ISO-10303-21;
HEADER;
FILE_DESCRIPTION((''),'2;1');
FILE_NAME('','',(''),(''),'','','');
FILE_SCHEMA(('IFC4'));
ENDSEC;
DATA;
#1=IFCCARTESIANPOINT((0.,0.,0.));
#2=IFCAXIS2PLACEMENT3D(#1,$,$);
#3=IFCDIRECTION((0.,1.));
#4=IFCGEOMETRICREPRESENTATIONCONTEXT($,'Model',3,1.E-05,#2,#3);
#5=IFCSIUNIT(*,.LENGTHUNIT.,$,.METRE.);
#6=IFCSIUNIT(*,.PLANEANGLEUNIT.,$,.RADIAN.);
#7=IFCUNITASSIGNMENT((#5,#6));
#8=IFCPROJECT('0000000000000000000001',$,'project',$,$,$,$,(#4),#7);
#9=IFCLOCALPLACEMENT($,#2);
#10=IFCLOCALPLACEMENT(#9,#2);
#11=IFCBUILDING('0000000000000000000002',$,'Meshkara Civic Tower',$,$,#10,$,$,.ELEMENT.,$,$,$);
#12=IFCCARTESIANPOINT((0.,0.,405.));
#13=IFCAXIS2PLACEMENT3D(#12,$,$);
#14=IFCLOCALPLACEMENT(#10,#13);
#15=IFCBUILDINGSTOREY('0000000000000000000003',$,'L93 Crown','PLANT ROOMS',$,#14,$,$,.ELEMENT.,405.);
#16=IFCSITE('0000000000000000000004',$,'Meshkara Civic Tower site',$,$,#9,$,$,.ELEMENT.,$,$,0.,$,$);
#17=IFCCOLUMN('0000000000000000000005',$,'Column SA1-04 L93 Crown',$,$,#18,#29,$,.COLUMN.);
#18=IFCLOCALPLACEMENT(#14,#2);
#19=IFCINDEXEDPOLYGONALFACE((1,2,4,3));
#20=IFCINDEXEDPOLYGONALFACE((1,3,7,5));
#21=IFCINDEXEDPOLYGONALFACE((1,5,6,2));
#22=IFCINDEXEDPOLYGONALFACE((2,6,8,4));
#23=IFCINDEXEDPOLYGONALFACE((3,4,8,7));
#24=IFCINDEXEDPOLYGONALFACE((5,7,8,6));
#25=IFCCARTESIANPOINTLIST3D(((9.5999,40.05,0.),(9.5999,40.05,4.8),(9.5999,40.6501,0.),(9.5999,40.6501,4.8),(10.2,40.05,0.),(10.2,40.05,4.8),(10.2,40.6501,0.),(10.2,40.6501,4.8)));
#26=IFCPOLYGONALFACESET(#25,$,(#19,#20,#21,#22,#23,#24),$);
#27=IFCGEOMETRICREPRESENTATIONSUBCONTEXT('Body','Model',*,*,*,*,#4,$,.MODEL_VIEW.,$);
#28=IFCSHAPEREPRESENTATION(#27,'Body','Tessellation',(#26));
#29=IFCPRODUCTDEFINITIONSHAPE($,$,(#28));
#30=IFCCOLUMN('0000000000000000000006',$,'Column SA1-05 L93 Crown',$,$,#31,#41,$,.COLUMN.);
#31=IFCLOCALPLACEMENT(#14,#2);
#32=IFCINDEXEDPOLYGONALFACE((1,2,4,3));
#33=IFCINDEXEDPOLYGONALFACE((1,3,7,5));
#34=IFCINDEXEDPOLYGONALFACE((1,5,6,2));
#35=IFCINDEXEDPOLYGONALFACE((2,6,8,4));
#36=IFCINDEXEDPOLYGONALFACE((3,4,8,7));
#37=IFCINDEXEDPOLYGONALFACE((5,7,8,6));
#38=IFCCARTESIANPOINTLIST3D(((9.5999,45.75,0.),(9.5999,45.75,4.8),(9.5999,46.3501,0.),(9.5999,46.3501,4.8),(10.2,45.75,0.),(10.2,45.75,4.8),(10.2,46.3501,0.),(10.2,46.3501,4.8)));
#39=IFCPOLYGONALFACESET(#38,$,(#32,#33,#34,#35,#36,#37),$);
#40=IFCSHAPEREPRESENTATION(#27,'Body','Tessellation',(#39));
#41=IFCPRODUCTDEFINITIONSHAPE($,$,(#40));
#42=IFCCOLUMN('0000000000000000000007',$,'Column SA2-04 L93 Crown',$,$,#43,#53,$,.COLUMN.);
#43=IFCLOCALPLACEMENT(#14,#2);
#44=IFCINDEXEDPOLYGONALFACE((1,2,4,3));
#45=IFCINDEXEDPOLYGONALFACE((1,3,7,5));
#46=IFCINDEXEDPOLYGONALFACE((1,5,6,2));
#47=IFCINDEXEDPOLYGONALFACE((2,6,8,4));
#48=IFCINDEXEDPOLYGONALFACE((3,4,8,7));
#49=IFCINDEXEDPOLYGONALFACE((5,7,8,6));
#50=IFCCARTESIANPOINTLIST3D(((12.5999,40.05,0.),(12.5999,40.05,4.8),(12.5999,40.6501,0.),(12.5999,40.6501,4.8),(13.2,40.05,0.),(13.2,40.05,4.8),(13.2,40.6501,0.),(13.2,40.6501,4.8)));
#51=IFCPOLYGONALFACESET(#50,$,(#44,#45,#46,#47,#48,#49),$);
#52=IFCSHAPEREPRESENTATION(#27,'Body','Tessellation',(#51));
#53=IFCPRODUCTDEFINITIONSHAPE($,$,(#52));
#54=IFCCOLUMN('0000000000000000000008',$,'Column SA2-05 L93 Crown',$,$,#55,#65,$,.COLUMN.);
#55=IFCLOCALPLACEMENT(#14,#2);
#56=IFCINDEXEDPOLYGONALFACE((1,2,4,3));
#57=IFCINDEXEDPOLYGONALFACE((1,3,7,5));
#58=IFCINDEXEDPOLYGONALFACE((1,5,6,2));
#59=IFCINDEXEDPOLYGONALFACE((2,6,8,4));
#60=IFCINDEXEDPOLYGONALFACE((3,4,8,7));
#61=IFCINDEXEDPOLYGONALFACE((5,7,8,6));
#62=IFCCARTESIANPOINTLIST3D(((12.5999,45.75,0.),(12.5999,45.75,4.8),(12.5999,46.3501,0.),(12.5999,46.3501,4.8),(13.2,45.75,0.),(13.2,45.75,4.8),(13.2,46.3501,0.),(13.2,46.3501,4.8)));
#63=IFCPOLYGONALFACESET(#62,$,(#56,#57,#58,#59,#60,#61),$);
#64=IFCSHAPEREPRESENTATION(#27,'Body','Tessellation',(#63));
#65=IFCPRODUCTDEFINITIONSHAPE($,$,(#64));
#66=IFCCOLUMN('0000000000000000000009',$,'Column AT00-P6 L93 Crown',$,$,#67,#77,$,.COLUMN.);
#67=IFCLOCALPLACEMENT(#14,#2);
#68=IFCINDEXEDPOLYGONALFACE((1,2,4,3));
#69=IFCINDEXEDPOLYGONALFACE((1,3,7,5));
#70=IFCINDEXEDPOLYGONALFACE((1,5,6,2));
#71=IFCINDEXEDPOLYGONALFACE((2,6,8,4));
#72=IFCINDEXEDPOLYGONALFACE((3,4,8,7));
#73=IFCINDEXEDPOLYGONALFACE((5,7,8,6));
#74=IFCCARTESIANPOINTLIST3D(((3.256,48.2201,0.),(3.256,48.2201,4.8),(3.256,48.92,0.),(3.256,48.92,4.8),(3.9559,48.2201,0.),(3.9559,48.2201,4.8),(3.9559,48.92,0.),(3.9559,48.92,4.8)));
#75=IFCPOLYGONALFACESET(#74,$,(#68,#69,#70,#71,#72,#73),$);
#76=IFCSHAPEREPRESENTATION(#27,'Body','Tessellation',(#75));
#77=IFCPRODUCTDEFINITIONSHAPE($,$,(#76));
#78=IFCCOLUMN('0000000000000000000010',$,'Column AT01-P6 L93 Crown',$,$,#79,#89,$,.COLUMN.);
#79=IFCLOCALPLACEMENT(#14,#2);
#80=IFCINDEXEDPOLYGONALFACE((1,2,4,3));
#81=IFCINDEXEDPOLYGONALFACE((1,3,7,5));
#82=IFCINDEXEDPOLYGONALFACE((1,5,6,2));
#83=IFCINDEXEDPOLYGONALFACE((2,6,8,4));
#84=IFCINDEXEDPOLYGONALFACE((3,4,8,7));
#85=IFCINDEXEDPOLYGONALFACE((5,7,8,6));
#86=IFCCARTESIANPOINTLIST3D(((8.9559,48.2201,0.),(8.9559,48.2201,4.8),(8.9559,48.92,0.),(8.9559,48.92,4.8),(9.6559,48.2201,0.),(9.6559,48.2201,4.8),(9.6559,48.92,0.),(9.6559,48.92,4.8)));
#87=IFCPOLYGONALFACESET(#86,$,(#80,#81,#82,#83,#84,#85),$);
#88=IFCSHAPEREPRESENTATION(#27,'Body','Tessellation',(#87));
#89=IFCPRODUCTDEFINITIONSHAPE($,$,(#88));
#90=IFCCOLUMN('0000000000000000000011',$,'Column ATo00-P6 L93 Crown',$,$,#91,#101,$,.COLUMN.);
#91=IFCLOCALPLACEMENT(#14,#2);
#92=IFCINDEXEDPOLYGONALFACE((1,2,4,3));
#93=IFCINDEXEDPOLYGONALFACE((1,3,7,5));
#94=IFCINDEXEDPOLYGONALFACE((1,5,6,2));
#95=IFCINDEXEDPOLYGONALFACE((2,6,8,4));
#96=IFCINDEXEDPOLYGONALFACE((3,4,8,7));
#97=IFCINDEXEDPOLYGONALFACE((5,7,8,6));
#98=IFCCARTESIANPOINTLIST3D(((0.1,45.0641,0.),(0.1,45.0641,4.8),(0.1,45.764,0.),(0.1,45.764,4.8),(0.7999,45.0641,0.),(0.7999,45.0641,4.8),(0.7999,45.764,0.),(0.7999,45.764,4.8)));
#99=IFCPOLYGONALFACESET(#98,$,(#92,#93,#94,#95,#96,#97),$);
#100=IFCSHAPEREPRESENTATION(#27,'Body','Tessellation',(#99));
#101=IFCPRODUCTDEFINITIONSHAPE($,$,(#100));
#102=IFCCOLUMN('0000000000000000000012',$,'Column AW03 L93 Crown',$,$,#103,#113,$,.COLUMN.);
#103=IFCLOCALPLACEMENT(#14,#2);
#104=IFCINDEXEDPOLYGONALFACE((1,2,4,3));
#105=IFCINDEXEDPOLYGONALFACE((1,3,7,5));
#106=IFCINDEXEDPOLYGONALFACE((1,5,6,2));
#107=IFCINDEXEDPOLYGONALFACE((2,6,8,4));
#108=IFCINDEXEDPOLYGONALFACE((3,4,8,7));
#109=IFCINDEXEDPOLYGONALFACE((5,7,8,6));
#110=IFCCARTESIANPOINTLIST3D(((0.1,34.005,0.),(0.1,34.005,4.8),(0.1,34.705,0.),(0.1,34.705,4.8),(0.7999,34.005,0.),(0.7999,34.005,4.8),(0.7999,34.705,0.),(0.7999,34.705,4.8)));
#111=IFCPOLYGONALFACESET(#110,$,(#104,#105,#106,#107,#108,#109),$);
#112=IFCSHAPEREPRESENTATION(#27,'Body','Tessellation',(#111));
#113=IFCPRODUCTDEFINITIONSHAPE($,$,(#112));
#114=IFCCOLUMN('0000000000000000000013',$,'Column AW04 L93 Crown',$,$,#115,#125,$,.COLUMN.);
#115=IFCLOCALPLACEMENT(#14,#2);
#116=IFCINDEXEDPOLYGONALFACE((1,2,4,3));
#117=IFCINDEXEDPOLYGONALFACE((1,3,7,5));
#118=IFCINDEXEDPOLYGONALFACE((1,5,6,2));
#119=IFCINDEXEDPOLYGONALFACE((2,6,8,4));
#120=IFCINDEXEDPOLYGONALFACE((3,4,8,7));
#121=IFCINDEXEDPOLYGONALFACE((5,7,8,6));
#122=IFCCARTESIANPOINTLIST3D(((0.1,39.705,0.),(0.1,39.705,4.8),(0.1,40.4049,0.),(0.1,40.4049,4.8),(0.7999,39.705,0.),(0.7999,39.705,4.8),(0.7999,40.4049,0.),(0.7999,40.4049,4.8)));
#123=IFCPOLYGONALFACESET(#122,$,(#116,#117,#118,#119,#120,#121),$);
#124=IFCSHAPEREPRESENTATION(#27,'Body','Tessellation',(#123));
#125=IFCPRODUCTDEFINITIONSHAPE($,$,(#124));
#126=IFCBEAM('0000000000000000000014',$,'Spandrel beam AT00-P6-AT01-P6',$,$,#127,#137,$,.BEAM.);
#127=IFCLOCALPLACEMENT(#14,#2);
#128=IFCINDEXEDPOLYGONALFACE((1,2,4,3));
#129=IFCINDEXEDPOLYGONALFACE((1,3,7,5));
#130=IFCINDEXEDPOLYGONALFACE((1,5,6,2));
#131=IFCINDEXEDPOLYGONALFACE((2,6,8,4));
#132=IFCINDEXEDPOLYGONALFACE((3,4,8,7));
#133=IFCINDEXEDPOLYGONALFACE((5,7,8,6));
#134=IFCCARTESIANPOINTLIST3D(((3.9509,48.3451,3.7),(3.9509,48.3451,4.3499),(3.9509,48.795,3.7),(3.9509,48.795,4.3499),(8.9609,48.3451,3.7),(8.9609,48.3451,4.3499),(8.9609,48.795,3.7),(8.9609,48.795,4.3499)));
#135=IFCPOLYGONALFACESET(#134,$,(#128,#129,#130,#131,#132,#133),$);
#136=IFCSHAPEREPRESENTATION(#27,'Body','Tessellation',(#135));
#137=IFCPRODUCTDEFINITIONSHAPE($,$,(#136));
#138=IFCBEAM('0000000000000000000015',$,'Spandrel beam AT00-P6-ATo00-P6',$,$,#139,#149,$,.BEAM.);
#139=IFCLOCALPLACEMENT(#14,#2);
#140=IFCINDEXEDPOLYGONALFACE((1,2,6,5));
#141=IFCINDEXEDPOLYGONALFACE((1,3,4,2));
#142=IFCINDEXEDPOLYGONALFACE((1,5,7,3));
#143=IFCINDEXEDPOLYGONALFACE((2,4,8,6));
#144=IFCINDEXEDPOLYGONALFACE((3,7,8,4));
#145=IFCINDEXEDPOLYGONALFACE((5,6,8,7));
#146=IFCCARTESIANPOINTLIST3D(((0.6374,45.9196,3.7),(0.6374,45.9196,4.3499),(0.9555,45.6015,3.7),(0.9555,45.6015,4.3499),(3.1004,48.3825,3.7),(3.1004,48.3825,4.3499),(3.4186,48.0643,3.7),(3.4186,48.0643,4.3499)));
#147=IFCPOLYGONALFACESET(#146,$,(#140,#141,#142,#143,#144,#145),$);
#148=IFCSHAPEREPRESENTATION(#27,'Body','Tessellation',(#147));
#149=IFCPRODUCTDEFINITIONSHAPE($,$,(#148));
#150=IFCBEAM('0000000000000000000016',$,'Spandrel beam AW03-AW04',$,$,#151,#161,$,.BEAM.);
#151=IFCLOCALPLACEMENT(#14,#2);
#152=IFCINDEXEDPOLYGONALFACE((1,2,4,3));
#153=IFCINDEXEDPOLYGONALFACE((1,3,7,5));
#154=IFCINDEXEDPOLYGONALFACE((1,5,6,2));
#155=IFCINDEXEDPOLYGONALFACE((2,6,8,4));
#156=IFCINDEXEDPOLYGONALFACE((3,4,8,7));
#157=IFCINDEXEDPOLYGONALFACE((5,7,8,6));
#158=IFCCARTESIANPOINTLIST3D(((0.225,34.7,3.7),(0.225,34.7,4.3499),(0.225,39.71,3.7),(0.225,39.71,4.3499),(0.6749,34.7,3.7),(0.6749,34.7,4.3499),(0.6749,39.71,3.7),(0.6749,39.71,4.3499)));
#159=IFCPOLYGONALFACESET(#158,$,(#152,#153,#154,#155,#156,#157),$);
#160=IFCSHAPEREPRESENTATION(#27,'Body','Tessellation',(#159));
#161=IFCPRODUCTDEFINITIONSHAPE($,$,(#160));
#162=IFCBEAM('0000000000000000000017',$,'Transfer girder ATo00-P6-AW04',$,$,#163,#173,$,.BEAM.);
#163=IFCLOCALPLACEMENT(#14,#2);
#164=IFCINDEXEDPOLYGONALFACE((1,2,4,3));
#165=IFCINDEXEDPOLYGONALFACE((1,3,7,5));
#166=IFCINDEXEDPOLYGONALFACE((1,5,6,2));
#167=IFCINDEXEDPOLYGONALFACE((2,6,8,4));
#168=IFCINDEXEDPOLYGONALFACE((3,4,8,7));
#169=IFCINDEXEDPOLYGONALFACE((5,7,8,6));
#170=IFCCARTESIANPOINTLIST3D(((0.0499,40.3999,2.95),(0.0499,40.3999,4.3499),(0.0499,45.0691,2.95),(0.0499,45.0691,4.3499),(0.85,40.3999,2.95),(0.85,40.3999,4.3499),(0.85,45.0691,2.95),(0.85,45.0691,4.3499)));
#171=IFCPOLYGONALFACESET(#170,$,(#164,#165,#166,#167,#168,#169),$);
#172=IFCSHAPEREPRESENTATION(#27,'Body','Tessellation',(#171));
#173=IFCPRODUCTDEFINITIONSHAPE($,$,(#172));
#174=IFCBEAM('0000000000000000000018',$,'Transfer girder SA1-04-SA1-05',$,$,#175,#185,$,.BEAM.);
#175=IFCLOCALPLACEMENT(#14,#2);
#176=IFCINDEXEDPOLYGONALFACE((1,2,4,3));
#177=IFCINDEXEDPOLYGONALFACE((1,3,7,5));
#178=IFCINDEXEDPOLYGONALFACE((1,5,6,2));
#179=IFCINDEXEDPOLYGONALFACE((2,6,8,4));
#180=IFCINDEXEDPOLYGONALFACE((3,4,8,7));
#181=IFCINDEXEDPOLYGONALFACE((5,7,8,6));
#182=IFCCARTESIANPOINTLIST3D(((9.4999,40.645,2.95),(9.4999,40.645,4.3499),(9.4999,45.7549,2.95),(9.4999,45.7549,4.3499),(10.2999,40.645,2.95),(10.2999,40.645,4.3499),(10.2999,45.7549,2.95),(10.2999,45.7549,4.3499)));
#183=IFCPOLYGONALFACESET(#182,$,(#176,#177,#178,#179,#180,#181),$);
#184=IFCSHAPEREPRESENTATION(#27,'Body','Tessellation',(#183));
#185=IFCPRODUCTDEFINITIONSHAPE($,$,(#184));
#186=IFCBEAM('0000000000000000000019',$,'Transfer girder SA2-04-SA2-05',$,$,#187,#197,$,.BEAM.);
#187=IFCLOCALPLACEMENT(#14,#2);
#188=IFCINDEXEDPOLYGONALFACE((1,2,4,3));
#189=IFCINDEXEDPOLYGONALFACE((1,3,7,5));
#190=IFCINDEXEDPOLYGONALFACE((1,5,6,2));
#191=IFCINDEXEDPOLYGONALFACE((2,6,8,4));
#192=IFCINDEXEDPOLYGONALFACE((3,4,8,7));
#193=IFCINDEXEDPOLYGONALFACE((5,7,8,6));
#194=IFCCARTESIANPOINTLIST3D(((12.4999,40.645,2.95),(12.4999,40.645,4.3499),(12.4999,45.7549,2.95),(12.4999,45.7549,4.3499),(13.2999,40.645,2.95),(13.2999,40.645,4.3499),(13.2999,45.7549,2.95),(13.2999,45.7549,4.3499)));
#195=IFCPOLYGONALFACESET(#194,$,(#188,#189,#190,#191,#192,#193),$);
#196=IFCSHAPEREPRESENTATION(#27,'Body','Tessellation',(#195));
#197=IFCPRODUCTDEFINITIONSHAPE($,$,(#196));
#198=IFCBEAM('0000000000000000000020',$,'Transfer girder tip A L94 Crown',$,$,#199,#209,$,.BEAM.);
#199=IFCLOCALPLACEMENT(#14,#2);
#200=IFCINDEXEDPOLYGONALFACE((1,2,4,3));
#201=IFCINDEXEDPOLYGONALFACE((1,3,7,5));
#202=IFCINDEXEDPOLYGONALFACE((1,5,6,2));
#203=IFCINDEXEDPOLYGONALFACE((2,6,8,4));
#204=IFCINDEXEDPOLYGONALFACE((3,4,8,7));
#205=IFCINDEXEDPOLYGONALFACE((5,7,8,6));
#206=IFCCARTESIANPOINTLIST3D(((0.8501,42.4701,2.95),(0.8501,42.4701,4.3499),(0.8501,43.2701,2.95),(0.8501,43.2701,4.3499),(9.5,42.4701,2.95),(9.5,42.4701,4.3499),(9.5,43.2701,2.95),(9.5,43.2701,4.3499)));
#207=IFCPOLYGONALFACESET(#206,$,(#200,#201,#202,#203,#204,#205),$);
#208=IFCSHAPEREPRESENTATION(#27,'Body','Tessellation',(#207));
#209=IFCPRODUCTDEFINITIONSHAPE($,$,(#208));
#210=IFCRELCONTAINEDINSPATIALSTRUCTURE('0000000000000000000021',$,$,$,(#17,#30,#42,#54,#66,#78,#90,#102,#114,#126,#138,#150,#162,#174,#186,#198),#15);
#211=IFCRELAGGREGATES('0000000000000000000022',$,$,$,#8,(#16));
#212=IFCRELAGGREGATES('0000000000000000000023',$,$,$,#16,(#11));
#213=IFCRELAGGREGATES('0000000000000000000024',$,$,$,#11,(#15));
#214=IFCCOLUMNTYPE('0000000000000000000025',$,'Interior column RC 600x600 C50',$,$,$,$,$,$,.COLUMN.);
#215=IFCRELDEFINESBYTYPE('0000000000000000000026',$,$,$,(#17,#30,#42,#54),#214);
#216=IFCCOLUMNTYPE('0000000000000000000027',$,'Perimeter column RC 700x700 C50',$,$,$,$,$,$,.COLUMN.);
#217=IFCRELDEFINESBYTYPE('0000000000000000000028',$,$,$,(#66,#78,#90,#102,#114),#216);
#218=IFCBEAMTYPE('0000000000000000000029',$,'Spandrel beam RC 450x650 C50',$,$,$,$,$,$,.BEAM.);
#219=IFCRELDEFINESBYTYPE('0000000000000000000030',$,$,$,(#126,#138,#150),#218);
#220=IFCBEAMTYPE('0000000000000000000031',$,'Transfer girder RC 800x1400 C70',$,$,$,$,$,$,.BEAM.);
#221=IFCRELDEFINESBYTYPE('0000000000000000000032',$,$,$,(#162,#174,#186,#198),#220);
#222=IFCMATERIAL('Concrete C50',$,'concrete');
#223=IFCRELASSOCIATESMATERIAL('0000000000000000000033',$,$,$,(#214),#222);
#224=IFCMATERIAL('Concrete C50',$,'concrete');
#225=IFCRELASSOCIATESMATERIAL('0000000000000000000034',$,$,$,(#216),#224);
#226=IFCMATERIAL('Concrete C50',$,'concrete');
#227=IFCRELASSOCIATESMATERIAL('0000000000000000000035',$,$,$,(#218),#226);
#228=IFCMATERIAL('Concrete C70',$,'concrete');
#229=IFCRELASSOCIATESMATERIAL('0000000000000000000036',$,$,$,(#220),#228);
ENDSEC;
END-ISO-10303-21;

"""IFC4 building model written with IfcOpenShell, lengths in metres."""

from ifc_helpers import new_model, si_unit, direction, frame, origin, origin_2d, place, context, subcontext, project, spatial, rectangle, extrude, material, material_profile, profile_set, type_object, element, save


model = new_model("IFC4")

# Units and contexts
model_context = context("Model", 3, precision=1e-05, world=origin(), true_north=direction((0.0, 1.0)))
body_context = subcontext(model_context, "Body", "Model", "MODEL_VIEW")
ifc_project = project(units=[si_unit("LENGTHUNIT", "METRE"), si_unit("PLANEANGLEUNIT", "RADIAN")], contexts=[model_context])

# Site, building, storey
site_placement = place(None, origin())
site = spatial("IfcSite", under=ifc_project, at=site_placement, Name="Meshkara Civic Tower site", CompositionType="ELEMENT", RefElevation=0.0)
building_placement = place(site_placement, origin())
building = spatial("IfcBuilding", under=site, at=building_placement, Name="Meshkara Civic Tower", CompositionType="ELEMENT")
storey_placement = place(building_placement, frame((0.0, 0.0, 405.0)))
storey = spatial("IfcBuildingStorey", under=building, at=storey_placement, Name="L93 Crown", Description="PLANT ROOMS", CompositionType="ELEMENT", Elevation=405.0)

# Columns
ifc_material_1 = material(Name="Concrete C50", Category="concrete")
ifc_material_profile_1 = material_profile(ifc_material_1, rectangle(XDim=0.6001, YDim=0.6001, at=origin_2d()))
ifc_profile_set_1 = profile_set([ifc_material_profile_1], Name="Concrete C50")
column_type_1 = type_object("IfcColumnType", Name="Interior column RC 600x600 C50", PredefinedType="COLUMN", material=ifc_profile_set_1)
for number, where, z_axis, x_axis, name in (
    (1, (9.8999, 40.3501, 0.0), (0.0, 0.0, 1.0), (1.0, 0.0, 0.0), "Column SA1-04 L93 Crown"),
    (2, (9.8999, 46.05, 0.0), (0.0, 0.0, 1.0), (1.0, 0.0, 0.0), "Column SA1-05 L93 Crown"),
    (3, (12.8999, 40.3501, 0.0), (0.0, 0.0, 1.0), (1.0, 0.0, 0.0), "Column SA2-04 L93 Crown"),
    (4, (12.8999, 46.05, 0.0), (0.0, 0.0, 1.0), (1.0, 0.0, 0.0), "Column SA2-05 L93 Crown"),
):
    element("IfcColumn", number, at=place(storey_placement, frame(where, z_axis=z_axis, x_axis=x_axis)), inside=storey, type_object=column_type_1, Name=name, PredefinedType="COLUMN", context=body_context, shape_type="SweptSolid", body=[
        extrude(rectangle(XDim=0.6001, YDim=0.6001, at=origin_2d()), origin(), (0.0, 0.0, 1.0), 4.8),
    ])
ifc_material_2 = material(Name="Concrete C50", Category="concrete")
ifc_material_profile_2 = material_profile(ifc_material_2, rectangle(XDim=0.7, YDim=0.7, at=origin_2d()))
ifc_profile_set_2 = profile_set([ifc_material_profile_2], Name="Concrete C50")
column_type_2 = type_object("IfcColumnType", Name="Perimeter column RC 700x700 C50", PredefinedType="COLUMN", material=ifc_profile_set_2)
for number, where, z_axis, x_axis, name in (
    (5, (3.606, 48.5701, 0.0), (0.0, 0.0, 1.0), (1.0, 0.0, 0.0), "Column AT00-P6 L93 Crown"),
    (6, (9.3059, 48.5701, 0.0), (0.0, 0.0, 1.0), (1.0, 0.0, 0.0), "Column AT01-P6 L93 Crown"),
    (7, (0.45, 45.4141, 0.0), (0.0, 0.0, 1.0), (1.0, 0.0, 0.0), "Column ATo00-P6 L93 Crown"),
    (8, (0.45, 34.355, 0.0), (0.0, 0.0, 1.0), (1.0, 0.0, 0.0), "Column AW03 L93 Crown"),
    (9, (0.45, 40.0549, 0.0), (0.0, 0.0, 1.0), (1.0, 0.0, 0.0), "Column AW04 L93 Crown"),
):
    element("IfcColumn", number, at=place(storey_placement, frame(where, z_axis=z_axis, x_axis=x_axis)), inside=storey, type_object=column_type_2, Name=name, PredefinedType="COLUMN", context=body_context, shape_type="SweptSolid", body=[
        extrude(rectangle(XDim=0.7, YDim=0.7, at=origin_2d()), origin(), (0.0, 0.0, 1.0), 4.8),
    ])

# Beams
ifc_material_3 = material(Name="Concrete C50", Category="concrete")
ifc_material_profile_3 = material_profile(ifc_material_3, rectangle(XDim=0.45, YDim=0.6499, at=origin_2d()))
ifc_profile_set_3 = profile_set([ifc_material_profile_3], Name="Concrete C50")
beam_type_1 = type_object("IfcBeamType", Name="Spandrel beam RC 450x650 C50", PredefinedType="BEAM", material=ifc_profile_set_3)
beam_1_placement = place(storey_placement, frame((8.9609, 48.5701, 4.0249), z_axis=(-1.0, 0.0, 0.0), x_axis=(0.0, -1.0, 0.0)))
element("IfcBeam", 10, at=beam_1_placement, inside=storey, type_object=beam_type_1, Name="Spandrel beam AT00-P6-AT01-P6", PredefinedType="BEAM", context=body_context, shape_type="SweptSolid", body=[
    extrude(rectangle(XDim=0.45, YDim=0.6499, at=origin_2d()), origin(), (0.0, 0.0, 1.0), 5.01),
])
beam_2_placement = place(storey_placement, frame((3.2595, 48.2234, 4.0249), z_axis=(-0.707142, -0.707072, 0.0), x_axis=(0.707072, -0.707142, 0.0)))
element("IfcBeam", 11, at=beam_2_placement, inside=storey, type_object=beam_type_1, Name="Spandrel beam AT00-P6-ATo00-P6", PredefinedType="BEAM", context=body_context, shape_type="SweptSolid", body=[
    extrude(rectangle(XDim=0.45, YDim=0.6499, at=origin_2d()), origin(), (0.0, 0.0, 1.0), 3.4832),
])
beam_3_placement = place(storey_placement, frame((0.45, 39.71, 4.0249), z_axis=(0.0, -1.0, 0.0), x_axis=(1.0, 0.0, 0.0)))
element("IfcBeam", 12, at=beam_3_placement, inside=storey, type_object=beam_type_1, Name="Spandrel beam AW03-AW04", PredefinedType="BEAM", context=body_context, shape_type="SweptSolid", body=[
    extrude(rectangle(XDim=0.45, YDim=0.6499, at=origin_2d()), origin(), (0.0, 0.0, 1.0), 5.01),
])
ifc_material_4 = material(Name="Concrete C70", Category="concrete")
ifc_material_profile_4 = material_profile(ifc_material_4, rectangle(XDim=0.8, YDim=1.3999, at=origin_2d()))
ifc_profile_set_4 = profile_set([ifc_material_profile_4], Name="Concrete C70")
beam_type_2 = type_object("IfcBeamType", Name="Transfer girder RC 800x1400 C70", PredefinedType="BEAM", material=ifc_profile_set_4)
beam_4_placement = place(storey_placement, frame((0.45, 40.3999, 3.6499), z_axis=(0.0, 1.0, 0.0), x_axis=(-1.0, 0.0, 0.0)))
element("IfcBeam", 13, at=beam_4_placement, inside=storey, type_object=beam_type_2, Name="Transfer girder ATo00-P6-AW04", PredefinedType="BEAM", context=body_context, shape_type="SweptSolid", body=[
    extrude(rectangle(XDim=0.8, YDim=1.3999, at=origin_2d()), origin(), (0.0, 0.0, 1.0), 4.6692),
])
for number, where, z_axis, x_axis, name in (
    (14, (9.8999, 40.645, 3.6499), (0.0, 1.0, 0.0), (-1.0, 0.0, 0.0), "Transfer girder SA1-04-SA1-05"),
    (15, (12.8999, 40.645, 3.6499), (0.0, 1.0, 0.0), (-1.0, 0.0, 0.0), "Transfer girder SA2-04-SA2-05"),
):
    element("IfcBeam", number, at=place(storey_placement, frame(where, z_axis=z_axis, x_axis=x_axis)), inside=storey, type_object=beam_type_2, Name=name, PredefinedType="BEAM", context=body_context, shape_type="SweptSolid", body=[
        extrude(rectangle(XDim=0.8, YDim=1.3999, at=origin_2d()), origin(), (0.0, 0.0, 1.0), 5.1099),
    ])
for number, where, z_axis, x_axis, name in (
    (16, (0.8501, 42.8701, 3.6499), (1.0, 0.0, 0.0), (0.0, 1.0, 0.0), "Transfer girder tip A L94 Crown"),
):
    element("IfcBeam", number, at=place(storey_placement, frame(where, z_axis=z_axis, x_axis=x_axis)), inside=storey, type_object=beam_type_2, Name=name, PredefinedType="BEAM", context=body_context, shape_type="SweptSolid", body=[
        extrude(rectangle(XDim=0.8, YDim=1.3999, at=origin_2d()), origin(), (0.0, 0.0, 1.0), 8.6499),
    ])

save(model, "model.ifc")
